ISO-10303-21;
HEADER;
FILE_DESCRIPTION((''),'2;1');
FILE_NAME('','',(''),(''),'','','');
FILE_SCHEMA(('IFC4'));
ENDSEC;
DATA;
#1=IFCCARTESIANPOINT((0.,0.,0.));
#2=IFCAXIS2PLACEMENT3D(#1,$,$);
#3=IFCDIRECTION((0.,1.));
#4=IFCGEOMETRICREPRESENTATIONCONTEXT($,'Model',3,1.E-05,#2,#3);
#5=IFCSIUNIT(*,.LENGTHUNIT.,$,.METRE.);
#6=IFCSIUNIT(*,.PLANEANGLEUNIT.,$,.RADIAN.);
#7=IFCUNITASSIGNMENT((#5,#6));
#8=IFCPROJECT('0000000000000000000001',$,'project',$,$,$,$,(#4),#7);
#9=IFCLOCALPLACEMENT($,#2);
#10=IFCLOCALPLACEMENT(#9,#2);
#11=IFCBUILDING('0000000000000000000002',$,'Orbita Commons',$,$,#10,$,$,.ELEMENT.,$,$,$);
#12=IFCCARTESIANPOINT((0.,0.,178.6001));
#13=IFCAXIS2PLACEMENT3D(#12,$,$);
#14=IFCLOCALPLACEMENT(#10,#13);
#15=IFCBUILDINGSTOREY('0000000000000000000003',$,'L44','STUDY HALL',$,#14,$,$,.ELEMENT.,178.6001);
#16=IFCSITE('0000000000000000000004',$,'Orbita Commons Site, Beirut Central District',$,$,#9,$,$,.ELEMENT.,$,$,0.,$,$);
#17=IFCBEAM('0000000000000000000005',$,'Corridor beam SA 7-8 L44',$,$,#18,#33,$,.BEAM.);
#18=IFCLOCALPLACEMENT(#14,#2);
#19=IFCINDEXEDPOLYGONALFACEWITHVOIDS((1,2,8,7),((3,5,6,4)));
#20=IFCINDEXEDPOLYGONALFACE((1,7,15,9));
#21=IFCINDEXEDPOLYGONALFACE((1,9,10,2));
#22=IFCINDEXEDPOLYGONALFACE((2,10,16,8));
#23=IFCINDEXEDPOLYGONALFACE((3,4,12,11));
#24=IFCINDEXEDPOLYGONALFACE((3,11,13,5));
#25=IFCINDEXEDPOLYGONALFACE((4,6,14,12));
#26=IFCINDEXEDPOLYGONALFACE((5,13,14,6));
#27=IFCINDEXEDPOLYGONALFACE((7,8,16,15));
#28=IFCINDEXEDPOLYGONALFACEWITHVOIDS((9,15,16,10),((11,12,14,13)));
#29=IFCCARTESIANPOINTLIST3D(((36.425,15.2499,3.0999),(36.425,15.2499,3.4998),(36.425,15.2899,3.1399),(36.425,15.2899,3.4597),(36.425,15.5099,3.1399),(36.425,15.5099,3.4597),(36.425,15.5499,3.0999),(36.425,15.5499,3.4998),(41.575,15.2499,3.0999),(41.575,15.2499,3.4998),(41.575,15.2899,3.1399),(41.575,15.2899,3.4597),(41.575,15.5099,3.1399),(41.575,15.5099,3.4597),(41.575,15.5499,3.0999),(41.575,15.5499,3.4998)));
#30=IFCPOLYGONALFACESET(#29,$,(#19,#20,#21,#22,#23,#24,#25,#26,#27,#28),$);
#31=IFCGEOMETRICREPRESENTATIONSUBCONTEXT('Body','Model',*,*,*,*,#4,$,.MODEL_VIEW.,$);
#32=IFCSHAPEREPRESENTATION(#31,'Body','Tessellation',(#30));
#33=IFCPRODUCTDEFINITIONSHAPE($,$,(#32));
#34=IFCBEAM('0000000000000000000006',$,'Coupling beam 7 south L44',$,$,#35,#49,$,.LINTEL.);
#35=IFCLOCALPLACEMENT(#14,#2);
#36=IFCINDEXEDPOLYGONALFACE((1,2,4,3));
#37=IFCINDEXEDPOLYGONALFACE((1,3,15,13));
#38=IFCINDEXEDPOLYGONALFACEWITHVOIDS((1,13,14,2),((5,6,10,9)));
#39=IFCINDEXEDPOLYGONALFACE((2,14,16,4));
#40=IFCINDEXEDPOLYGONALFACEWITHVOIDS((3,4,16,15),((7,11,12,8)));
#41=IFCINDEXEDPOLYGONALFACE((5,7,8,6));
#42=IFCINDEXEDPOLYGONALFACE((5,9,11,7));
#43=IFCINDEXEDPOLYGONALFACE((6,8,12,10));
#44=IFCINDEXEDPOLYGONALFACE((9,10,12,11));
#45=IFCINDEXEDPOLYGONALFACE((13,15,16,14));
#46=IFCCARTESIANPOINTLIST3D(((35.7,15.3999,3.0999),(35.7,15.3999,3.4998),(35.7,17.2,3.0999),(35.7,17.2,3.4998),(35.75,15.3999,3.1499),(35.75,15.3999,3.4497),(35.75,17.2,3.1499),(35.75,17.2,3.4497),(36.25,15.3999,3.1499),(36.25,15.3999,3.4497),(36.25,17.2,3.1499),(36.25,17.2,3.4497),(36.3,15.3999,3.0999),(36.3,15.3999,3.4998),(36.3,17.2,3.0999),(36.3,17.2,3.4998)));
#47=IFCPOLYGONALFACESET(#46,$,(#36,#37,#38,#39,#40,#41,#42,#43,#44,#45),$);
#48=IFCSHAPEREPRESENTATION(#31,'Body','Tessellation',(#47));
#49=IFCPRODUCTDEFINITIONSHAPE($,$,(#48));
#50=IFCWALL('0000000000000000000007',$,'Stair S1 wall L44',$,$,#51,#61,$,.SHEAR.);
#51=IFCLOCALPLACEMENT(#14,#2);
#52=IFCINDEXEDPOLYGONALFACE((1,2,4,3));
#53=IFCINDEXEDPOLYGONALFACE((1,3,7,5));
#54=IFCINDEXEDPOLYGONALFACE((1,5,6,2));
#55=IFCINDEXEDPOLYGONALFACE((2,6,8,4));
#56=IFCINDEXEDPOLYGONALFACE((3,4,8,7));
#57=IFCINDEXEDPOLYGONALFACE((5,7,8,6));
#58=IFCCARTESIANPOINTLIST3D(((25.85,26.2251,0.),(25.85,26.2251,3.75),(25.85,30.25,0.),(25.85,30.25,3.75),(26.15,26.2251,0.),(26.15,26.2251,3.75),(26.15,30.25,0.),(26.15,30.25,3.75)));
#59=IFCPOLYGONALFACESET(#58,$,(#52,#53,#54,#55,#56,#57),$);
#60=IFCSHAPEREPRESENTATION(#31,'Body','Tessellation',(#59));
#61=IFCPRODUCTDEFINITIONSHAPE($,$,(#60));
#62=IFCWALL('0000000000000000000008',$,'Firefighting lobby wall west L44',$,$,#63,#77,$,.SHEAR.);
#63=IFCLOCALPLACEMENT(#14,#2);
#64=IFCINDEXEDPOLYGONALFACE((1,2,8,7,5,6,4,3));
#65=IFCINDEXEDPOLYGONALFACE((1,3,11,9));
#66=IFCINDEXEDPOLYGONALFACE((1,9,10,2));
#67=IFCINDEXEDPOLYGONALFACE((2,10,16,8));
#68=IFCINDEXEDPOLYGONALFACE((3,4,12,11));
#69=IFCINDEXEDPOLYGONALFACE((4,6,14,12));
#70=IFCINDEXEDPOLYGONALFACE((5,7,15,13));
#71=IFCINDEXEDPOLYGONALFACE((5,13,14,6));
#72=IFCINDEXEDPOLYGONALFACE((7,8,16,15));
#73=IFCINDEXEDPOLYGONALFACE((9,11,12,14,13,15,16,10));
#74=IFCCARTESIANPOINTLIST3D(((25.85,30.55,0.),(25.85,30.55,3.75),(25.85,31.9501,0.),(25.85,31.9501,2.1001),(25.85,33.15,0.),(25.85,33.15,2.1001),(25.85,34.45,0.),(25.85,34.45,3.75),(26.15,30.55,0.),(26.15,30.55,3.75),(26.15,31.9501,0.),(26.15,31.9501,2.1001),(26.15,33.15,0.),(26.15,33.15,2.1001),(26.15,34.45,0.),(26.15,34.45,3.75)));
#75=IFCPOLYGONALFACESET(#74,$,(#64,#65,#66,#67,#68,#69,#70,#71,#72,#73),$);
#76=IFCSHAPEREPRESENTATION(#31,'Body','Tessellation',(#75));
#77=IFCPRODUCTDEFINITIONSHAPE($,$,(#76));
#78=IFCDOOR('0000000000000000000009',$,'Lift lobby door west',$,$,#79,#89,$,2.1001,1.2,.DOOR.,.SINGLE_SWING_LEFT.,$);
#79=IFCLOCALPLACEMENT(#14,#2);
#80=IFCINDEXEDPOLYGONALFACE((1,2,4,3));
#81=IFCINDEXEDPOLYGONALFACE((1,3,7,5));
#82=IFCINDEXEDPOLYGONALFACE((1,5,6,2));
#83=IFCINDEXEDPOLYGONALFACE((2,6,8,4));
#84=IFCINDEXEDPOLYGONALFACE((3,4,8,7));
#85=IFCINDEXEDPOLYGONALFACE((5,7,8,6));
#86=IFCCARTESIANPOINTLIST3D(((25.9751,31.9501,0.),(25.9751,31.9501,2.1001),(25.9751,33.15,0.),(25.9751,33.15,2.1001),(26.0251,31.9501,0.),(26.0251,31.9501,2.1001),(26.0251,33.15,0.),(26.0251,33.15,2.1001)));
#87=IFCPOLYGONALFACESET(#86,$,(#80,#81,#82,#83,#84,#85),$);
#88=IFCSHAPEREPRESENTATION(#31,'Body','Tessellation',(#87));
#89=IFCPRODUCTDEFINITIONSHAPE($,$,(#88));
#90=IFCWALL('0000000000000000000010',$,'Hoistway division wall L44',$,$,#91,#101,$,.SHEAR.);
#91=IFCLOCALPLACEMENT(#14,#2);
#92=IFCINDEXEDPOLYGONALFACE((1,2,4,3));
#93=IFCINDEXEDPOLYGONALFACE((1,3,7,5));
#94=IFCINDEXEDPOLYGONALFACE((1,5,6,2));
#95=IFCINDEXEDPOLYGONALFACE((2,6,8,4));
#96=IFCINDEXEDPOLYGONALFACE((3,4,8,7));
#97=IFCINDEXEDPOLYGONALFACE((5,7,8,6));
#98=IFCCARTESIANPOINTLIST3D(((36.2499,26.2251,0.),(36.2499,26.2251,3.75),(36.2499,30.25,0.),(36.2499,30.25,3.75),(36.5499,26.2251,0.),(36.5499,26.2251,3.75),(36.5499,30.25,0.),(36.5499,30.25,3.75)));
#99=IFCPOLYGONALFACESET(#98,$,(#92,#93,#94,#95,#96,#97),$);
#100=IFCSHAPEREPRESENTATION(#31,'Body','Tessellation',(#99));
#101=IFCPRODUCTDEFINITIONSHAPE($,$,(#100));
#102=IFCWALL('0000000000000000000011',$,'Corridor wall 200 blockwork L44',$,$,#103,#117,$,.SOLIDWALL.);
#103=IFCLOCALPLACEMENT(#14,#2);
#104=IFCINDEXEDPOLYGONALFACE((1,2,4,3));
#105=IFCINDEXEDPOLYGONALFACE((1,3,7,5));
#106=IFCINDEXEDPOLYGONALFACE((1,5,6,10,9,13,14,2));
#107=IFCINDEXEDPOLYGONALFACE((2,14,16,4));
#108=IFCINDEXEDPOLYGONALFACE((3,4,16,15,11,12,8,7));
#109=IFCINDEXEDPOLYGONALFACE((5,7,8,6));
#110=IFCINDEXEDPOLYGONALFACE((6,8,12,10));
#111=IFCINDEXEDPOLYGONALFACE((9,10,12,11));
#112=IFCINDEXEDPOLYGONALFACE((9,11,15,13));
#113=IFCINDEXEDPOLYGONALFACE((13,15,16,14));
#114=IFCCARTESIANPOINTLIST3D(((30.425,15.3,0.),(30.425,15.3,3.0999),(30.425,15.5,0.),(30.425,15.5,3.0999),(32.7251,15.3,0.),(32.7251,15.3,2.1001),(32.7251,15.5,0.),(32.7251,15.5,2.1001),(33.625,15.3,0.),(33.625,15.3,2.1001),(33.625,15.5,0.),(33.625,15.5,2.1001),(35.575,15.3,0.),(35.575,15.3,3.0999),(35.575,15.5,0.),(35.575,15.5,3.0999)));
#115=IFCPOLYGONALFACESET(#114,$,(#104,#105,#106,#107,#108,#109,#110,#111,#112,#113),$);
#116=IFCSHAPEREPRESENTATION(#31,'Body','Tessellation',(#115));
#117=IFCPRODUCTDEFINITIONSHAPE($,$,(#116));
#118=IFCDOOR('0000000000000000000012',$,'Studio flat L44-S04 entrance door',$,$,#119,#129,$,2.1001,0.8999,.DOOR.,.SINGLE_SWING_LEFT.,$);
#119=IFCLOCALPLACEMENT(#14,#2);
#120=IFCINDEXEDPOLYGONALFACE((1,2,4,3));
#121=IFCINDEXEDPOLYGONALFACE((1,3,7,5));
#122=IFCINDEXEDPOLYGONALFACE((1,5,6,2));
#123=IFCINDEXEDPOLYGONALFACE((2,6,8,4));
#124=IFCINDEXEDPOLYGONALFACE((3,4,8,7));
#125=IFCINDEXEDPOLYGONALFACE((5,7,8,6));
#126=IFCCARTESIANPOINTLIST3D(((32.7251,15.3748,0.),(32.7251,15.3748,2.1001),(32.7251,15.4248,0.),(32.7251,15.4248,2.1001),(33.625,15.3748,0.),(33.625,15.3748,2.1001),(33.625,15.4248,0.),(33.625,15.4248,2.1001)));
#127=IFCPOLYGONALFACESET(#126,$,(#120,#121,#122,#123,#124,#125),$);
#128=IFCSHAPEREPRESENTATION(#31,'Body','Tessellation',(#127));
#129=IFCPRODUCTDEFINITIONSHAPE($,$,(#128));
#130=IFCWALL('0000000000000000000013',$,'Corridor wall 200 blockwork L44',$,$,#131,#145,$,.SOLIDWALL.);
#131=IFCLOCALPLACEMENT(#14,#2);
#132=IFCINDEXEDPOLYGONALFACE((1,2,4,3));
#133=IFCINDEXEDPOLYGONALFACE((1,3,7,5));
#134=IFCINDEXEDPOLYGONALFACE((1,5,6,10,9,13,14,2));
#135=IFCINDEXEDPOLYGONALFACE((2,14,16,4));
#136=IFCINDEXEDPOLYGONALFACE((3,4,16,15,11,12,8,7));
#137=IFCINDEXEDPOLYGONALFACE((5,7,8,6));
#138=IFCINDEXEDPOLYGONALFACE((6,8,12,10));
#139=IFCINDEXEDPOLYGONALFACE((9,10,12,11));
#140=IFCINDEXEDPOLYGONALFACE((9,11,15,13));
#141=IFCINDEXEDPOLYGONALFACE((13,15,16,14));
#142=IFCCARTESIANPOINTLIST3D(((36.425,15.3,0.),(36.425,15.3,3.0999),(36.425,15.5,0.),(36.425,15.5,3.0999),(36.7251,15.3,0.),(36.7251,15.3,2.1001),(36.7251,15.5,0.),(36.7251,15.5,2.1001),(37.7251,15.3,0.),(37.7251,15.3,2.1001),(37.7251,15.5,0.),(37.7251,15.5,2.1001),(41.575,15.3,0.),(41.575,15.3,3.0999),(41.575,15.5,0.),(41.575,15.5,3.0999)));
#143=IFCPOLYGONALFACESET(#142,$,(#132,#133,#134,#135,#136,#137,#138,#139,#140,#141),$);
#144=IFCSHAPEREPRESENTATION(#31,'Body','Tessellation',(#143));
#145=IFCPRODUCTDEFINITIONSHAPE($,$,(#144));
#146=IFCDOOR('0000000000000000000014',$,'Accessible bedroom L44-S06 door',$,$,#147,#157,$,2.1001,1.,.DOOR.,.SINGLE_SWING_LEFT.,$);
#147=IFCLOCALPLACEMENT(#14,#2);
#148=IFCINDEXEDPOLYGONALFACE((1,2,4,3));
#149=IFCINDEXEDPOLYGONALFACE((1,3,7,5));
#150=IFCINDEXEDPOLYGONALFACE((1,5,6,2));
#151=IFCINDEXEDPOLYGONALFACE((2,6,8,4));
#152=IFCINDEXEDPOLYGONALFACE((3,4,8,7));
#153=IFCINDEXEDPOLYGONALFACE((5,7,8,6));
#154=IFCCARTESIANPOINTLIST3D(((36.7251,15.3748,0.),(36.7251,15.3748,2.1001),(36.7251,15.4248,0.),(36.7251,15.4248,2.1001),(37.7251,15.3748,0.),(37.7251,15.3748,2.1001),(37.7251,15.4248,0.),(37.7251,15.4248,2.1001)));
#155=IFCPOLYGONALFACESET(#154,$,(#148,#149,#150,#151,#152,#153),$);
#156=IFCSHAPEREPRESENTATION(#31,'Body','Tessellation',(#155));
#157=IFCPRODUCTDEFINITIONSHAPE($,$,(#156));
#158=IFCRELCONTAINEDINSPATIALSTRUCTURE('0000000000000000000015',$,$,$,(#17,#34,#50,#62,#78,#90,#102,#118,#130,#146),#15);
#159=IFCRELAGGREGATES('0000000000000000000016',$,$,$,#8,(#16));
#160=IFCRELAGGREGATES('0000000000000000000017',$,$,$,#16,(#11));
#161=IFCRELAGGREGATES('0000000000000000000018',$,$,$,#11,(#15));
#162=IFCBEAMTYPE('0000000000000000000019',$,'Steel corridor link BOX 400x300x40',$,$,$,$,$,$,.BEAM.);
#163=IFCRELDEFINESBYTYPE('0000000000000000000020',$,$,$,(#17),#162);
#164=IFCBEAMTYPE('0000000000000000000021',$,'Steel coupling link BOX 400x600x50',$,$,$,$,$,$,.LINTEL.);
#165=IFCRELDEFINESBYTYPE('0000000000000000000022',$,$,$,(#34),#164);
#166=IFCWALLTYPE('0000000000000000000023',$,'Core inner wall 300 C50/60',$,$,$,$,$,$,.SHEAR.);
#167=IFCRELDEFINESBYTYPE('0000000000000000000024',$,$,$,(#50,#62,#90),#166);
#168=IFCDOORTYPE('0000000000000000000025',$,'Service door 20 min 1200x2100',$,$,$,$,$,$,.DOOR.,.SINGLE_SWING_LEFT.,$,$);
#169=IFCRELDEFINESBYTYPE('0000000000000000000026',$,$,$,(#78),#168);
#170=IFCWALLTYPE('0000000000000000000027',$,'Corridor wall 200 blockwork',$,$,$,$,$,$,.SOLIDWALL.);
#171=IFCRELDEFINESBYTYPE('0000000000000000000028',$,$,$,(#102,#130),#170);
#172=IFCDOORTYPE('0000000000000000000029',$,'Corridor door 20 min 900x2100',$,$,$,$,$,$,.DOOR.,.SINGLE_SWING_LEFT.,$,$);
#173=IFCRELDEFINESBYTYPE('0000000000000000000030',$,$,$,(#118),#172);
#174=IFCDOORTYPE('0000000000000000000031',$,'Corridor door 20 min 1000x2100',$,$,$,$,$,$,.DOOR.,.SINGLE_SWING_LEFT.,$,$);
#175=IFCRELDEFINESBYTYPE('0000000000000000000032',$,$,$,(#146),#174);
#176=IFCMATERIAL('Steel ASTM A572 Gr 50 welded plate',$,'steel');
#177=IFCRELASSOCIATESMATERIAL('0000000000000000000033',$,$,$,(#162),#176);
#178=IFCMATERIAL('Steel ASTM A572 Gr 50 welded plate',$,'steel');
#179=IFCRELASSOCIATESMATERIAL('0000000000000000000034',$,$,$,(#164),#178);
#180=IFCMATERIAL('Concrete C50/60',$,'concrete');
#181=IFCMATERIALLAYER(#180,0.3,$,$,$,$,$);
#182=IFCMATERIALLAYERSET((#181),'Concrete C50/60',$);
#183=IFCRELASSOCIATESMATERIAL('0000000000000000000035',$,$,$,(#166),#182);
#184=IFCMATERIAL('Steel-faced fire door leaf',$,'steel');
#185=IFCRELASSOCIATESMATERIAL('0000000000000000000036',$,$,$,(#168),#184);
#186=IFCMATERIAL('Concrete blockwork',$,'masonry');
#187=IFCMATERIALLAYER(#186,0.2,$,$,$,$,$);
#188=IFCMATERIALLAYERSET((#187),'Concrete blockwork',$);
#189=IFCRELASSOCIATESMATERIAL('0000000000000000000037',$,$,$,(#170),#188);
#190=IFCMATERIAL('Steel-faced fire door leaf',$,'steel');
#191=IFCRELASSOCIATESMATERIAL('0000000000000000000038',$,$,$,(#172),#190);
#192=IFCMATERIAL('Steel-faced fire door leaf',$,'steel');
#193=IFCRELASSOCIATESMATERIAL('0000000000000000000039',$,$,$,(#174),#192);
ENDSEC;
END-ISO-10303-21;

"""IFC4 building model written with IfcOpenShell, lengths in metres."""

from ifc_helpers import new_model, si_unit, direction, frame, frame_2d, origin, origin_2d, place, context, subcontext, project, spatial, polyline, rectangle, hollow_rectangle, outline, extrude, material, layer, layer_set, material_profile, profile_set, type_object, element, fill, save


model = new_model("IFC4")

# Units and contexts
model_context = context("Model", 3, precision=1e-05, world=origin(), true_north=direction((0.0, 1.0)))
body_context = subcontext(model_context, "Body", "Model", "MODEL_VIEW")
ifc_project = project(units=[si_unit("LENGTHUNIT", "METRE"), si_unit("PLANEANGLEUNIT", "RADIAN")], contexts=[model_context])

# Site, building, storey
site_placement = place(None, origin())
site = spatial("IfcSite", under=ifc_project, at=site_placement, Name="Orbita Commons Site, Beirut Central District", CompositionType="ELEMENT", RefElevation=0.0)
building_placement = place(site_placement, origin())
building = spatial("IfcBuilding", under=site, at=building_placement, Name="Orbita Commons", CompositionType="ELEMENT")
storey_placement = place(building_placement, frame((0.0, 0.0, 178.6001)))
storey = spatial("IfcBuildingStorey", under=building, at=storey_placement, Name="L44", Description="STUDY HALL", CompositionType="ELEMENT", Elevation=178.6001)

# Beams
ifc_material_1 = material(Name="Steel ASTM A572 Gr 50 welded plate", Category="steel")
ifc_material_profile_1 = material_profile(ifc_material_1, hollow_rectangle(XDim=0.3, YDim=0.3999, WallThickness=0.04, at=origin_2d()), Name="BOX 400x300x40")
ifc_profile_set_1 = profile_set([ifc_material_profile_1], Name="Steel ASTM A572 Gr 50 welded plate")
beam_type_1 = type_object("IfcBeamType", Name="Steel corridor link BOX 400x300x40", PredefinedType="BEAM", material=ifc_profile_set_1)
beam_1_placement = place(storey_placement, frame((36.425, 15.3999, 3.2998), z_axis=(1.0, 0.0, 0.0), x_axis=(0.0, 1.0, 0.0)))
element("IfcBeam", 1, at=beam_1_placement, inside=storey, type_object=beam_type_1, Name="Corridor beam SA 7-8 L44", PredefinedType="BEAM", context=body_context, shape_type="SweptSolid", body=[
    extrude(hollow_rectangle(XDim=0.3, YDim=0.3999, WallThickness=0.04, at=origin_2d()), origin(), (0.0, 0.0, 1.0), 5.1499),
])
ifc_material_2 = material(Name="Steel ASTM A572 Gr 50 welded plate", Category="steel")
ifc_material_profile_2 = material_profile(ifc_material_2, hollow_rectangle(XDim=0.6001, YDim=0.3999, WallThickness=0.05, at=origin_2d()), Name="BOX 400x600x50")
ifc_profile_set_2 = profile_set([ifc_material_profile_2], Name="Steel ASTM A572 Gr 50 welded plate")
beam_type_2 = type_object("IfcBeamType", Name="Steel coupling link BOX 400x600x50", PredefinedType="LINTEL", material=ifc_profile_set_2)
beam_2_placement = place(storey_placement, frame((36.0, 15.3999, 3.2998), z_axis=(0.0, 1.0, 0.0), x_axis=(-1.0, 0.0, 0.0)))
element("IfcBeam", 2, at=beam_2_placement, inside=storey, type_object=beam_type_2, Name="Coupling beam 7 south L44", PredefinedType="LINTEL", context=body_context, shape_type="SweptSolid", body=[
    extrude(hollow_rectangle(XDim=0.6001, YDim=0.3999, WallThickness=0.05, at=origin_2d()), origin(), (0.0, 0.0, 1.0), 1.8),
])

# Wall
ifc_material_3 = material(Name="Concrete C50/60", Category="concrete")
ifc_layer_1 = layer(ifc_material_3, 0.3)
ifc_layer_set_1 = layer_set([ifc_layer_1], Name="Concrete C50/60")
wall_type_1 = type_object("IfcWallType", Name="Core inner wall 300 C50/60", PredefinedType="SHEAR", material=ifc_layer_set_1)
wall_1_placement = place(storey_placement, frame((26.0, 26.2251, 0.0), z_axis=(0.0, 0.0, 1.0), x_axis=(0.0, 1.0, 0.0)))
element("IfcWall", 3, at=wall_1_placement, inside=storey, type_object=wall_type_1, Name="Stair S1 wall L44", PredefinedType="SHEAR", context=body_context, shape_type="SweptSolid", body=[
    extrude(rectangle(XDim=4.0249, YDim=0.3, at=frame_2d((2.0125, 0.0))), origin(), (0.0, 0.0, 1.0), 3.75),
])

# Wall, opening, door
wall_2_placement = place(storey_placement, frame((26.0, 30.55, 0.0), z_axis=(0.0, 0.0, 1.0), x_axis=(0.0, 1.0, 0.0)))
wall_2 = element("IfcWall", 4, at=wall_2_placement, inside=storey, type_object=wall_type_1, Name="Firefighting lobby wall west L44", PredefinedType="SHEAR", context=body_context, shape_type="SweptSolid", body=[
    extrude(rectangle(XDim=3.8999, YDim=0.3, at=frame_2d((1.95, 0.0))), origin(), (0.0, 0.0, 1.0), 3.75),
])
opening_1_placement = place(wall_2_placement, frame((1.3999, 0.0, 0.0)))
opening_1 = element("IfcOpeningElement", 5, at=opening_1_placement, cuts=wall_2, PredefinedType="OPENING", context=body_context, shape_type="SweptSolid", body=[
    extrude(rectangle(XDim=1.2, YDim=2.1001, at=frame_2d((0.6001, 1.05))), frame((0.0, 0.1599, 0.0), z_axis=(0.0, -1.0, 0.0), x_axis=(1.0, 0.0, 0.0)), (0.0, 0.0, 1.0), 0.3201),
])
ifc_material_4 = material(Name="Steel-faced fire door leaf", Category="steel")
door_type_1 = type_object("IfcDoorType", Name="Service door 20 min 1200x2100", OperationType="SINGLE_SWING_LEFT", PredefinedType="DOOR", material=ifc_material_4)
door_1_placement = place(opening_1_placement, origin())
door_1 = element("IfcDoor", 6, at=door_1_placement, inside=storey, type_object=door_type_1, Name="Lift lobby door west", OperationType="SINGLE_SWING_LEFT", OverallHeight=2.1001, OverallWidth=1.2, PredefinedType="DOOR", context=body_context, shape_type="SweptSolid", body=[
    extrude(rectangle(XDim=1.2, YDim=2.1001, at=frame_2d((0.6001, 1.05))), frame((0.0, 0.0249, 0.0), z_axis=(0.0, -1.0, 0.0), x_axis=(1.0, 0.0, 0.0)), (0.0, 0.0, 1.0), 0.05),
])
fill(opening_1, door_1)

# Wall
wall_3_placement = place(storey_placement, frame((36.3999, 26.2251, 0.0), z_axis=(0.0, 0.0, 1.0), x_axis=(0.0, 1.0, 0.0)))
element("IfcWall", 7, at=wall_3_placement, inside=storey, type_object=wall_type_1, Name="Hoistway division wall L44", PredefinedType="SHEAR", context=body_context, shape_type="SweptSolid", body=[
    extrude(rectangle(XDim=4.0249, YDim=0.3, at=frame_2d((2.0125, 0.0))), origin(), (0.0, 0.0, 1.0), 3.75),
])

# Walls, openings, doors
ifc_material_5 = material(Name="Concrete blockwork", Category="masonry")
ifc_layer_2 = layer(ifc_material_5, 0.2)
ifc_layer_set_2 = layer_set([ifc_layer_2], Name="Concrete blockwork")
wall_type_2 = type_object("IfcWallType", Name="Corridor wall 200 blockwork", PredefinedType="SOLIDWALL", material=ifc_layer_set_2)
wall_4_placement = place(storey_placement, frame((30.425, 15.3999, 0.0), z_axis=(0.0, 0.0, 1.0), x_axis=(1.0, 0.0, 0.0)))
wall_4 = element("IfcWall", 8, at=wall_4_placement, inside=storey, type_object=wall_type_2, Name="Corridor wall 200 blockwork L44", PredefinedType="SOLIDWALL", context=body_context, shape_type="SweptSolid", body=[
    extrude(outline(polyline([(0.0, 0.0), (5.1499, 0.0), (5.1499, 3.0999), (0.0, 3.0999), (0.0, 0.0)])), frame((0.0, 0.1001, 0.0), z_axis=(0.0, -1.0, 0.0), x_axis=(1.0, 0.0, 0.0)), (0.0, 0.0, 1.0), 0.2),
])
opening_2_placement = place(wall_4_placement, frame((2.3, 0.0, 0.0)))
opening_2 = element("IfcOpeningElement", 9, at=opening_2_placement, cuts=wall_4, PredefinedType="OPENING", context=body_context, shape_type="SweptSolid", body=[
    extrude(rectangle(XDim=0.8999, YDim=2.1001, at=frame_2d((0.45, 1.05))), frame((0.0, 0.1099, 0.0), z_axis=(0.0, -1.0, 0.0), x_axis=(1.0, 0.0, 0.0)), (0.0, 0.0, 1.0), 0.22),
])
ifc_material_6 = material(Name="Steel-faced fire door leaf", Category="steel")
door_type_2 = type_object("IfcDoorType", Name="Corridor door 20 min 900x2100", OperationType="SINGLE_SWING_LEFT", PredefinedType="DOOR", material=ifc_material_6)
door_2_placement = place(opening_2_placement, origin())
door_2 = element("IfcDoor", 10, at=door_2_placement, inside=storey, type_object=door_type_2, Name="Studio flat L44-S04 entrance door", OperationType="SINGLE_SWING_LEFT", OverallHeight=2.1001, OverallWidth=0.8999, PredefinedType="DOOR", context=body_context, shape_type="SweptSolid", body=[
    extrude(rectangle(XDim=0.8999, YDim=2.1001, at=frame_2d((0.45, 1.05))), frame((0.0, 0.0249, 0.0), z_axis=(0.0, -1.0, 0.0), x_axis=(1.0, 0.0, 0.0)), (0.0, 0.0, 1.0), 0.05),
])
fill(opening_2, door_2)
wall_5_placement = place(storey_placement, frame((36.425, 15.3999, 0.0), z_axis=(0.0, 0.0, 1.0), x_axis=(1.0, 0.0, 0.0)))
wall_5 = element("IfcWall", 11, at=wall_5_placement, inside=storey, type_object=wall_type_2, Name="Corridor wall 200 blockwork L44", PredefinedType="SOLIDWALL", context=body_context, shape_type="SweptSolid", body=[
    extrude(outline(polyline([(0.0, 0.0), (5.1499, 0.0), (5.1499, 3.0999), (0.0, 3.0999), (0.0, 0.0)])), frame((0.0, 0.1001, 0.0), z_axis=(0.0, -1.0, 0.0), x_axis=(1.0, 0.0, 0.0)), (0.0, 0.0, 1.0), 0.2),
])
opening_3_placement = place(wall_5_placement, frame((0.3, 0.0, 0.0)))
opening_3 = element("IfcOpeningElement", 12, at=opening_3_placement, cuts=wall_5, PredefinedType="OPENING", context=body_context, shape_type="SweptSolid", body=[
    extrude(rectangle(XDim=1.0, YDim=2.1001, at=frame_2d((0.5, 1.05))), frame((0.0, 0.1099, 0.0), z_axis=(0.0, -1.0, 0.0), x_axis=(1.0, 0.0, 0.0)), (0.0, 0.0, 1.0), 0.22),
])
ifc_material_7 = material(Name="Steel-faced fire door leaf", Category="steel")
door_type_3 = type_object("IfcDoorType", Name="Corridor door 20 min 1000x2100", OperationType="SINGLE_SWING_LEFT", PredefinedType="DOOR", material=ifc_material_7)
door_3_placement = place(opening_3_placement, origin())
door_3 = element("IfcDoor", 13, at=door_3_placement, inside=storey, type_object=door_type_3, Name="Accessible bedroom L44-S06 door", OperationType="SINGLE_SWING_LEFT", OverallHeight=2.1001, OverallWidth=1.0, PredefinedType="DOOR", context=body_context, shape_type="SweptSolid", body=[
    extrude(rectangle(XDim=1.0, YDim=2.1001, at=frame_2d((0.5, 1.05))), frame((0.0, 0.0249, 0.0), z_axis=(0.0, -1.0, 0.0), x_axis=(1.0, 0.0, 0.0)), (0.0, 0.0, 1.0), 0.05),
])
fill(opening_3, door_3)

save(model, "model.ifc")
